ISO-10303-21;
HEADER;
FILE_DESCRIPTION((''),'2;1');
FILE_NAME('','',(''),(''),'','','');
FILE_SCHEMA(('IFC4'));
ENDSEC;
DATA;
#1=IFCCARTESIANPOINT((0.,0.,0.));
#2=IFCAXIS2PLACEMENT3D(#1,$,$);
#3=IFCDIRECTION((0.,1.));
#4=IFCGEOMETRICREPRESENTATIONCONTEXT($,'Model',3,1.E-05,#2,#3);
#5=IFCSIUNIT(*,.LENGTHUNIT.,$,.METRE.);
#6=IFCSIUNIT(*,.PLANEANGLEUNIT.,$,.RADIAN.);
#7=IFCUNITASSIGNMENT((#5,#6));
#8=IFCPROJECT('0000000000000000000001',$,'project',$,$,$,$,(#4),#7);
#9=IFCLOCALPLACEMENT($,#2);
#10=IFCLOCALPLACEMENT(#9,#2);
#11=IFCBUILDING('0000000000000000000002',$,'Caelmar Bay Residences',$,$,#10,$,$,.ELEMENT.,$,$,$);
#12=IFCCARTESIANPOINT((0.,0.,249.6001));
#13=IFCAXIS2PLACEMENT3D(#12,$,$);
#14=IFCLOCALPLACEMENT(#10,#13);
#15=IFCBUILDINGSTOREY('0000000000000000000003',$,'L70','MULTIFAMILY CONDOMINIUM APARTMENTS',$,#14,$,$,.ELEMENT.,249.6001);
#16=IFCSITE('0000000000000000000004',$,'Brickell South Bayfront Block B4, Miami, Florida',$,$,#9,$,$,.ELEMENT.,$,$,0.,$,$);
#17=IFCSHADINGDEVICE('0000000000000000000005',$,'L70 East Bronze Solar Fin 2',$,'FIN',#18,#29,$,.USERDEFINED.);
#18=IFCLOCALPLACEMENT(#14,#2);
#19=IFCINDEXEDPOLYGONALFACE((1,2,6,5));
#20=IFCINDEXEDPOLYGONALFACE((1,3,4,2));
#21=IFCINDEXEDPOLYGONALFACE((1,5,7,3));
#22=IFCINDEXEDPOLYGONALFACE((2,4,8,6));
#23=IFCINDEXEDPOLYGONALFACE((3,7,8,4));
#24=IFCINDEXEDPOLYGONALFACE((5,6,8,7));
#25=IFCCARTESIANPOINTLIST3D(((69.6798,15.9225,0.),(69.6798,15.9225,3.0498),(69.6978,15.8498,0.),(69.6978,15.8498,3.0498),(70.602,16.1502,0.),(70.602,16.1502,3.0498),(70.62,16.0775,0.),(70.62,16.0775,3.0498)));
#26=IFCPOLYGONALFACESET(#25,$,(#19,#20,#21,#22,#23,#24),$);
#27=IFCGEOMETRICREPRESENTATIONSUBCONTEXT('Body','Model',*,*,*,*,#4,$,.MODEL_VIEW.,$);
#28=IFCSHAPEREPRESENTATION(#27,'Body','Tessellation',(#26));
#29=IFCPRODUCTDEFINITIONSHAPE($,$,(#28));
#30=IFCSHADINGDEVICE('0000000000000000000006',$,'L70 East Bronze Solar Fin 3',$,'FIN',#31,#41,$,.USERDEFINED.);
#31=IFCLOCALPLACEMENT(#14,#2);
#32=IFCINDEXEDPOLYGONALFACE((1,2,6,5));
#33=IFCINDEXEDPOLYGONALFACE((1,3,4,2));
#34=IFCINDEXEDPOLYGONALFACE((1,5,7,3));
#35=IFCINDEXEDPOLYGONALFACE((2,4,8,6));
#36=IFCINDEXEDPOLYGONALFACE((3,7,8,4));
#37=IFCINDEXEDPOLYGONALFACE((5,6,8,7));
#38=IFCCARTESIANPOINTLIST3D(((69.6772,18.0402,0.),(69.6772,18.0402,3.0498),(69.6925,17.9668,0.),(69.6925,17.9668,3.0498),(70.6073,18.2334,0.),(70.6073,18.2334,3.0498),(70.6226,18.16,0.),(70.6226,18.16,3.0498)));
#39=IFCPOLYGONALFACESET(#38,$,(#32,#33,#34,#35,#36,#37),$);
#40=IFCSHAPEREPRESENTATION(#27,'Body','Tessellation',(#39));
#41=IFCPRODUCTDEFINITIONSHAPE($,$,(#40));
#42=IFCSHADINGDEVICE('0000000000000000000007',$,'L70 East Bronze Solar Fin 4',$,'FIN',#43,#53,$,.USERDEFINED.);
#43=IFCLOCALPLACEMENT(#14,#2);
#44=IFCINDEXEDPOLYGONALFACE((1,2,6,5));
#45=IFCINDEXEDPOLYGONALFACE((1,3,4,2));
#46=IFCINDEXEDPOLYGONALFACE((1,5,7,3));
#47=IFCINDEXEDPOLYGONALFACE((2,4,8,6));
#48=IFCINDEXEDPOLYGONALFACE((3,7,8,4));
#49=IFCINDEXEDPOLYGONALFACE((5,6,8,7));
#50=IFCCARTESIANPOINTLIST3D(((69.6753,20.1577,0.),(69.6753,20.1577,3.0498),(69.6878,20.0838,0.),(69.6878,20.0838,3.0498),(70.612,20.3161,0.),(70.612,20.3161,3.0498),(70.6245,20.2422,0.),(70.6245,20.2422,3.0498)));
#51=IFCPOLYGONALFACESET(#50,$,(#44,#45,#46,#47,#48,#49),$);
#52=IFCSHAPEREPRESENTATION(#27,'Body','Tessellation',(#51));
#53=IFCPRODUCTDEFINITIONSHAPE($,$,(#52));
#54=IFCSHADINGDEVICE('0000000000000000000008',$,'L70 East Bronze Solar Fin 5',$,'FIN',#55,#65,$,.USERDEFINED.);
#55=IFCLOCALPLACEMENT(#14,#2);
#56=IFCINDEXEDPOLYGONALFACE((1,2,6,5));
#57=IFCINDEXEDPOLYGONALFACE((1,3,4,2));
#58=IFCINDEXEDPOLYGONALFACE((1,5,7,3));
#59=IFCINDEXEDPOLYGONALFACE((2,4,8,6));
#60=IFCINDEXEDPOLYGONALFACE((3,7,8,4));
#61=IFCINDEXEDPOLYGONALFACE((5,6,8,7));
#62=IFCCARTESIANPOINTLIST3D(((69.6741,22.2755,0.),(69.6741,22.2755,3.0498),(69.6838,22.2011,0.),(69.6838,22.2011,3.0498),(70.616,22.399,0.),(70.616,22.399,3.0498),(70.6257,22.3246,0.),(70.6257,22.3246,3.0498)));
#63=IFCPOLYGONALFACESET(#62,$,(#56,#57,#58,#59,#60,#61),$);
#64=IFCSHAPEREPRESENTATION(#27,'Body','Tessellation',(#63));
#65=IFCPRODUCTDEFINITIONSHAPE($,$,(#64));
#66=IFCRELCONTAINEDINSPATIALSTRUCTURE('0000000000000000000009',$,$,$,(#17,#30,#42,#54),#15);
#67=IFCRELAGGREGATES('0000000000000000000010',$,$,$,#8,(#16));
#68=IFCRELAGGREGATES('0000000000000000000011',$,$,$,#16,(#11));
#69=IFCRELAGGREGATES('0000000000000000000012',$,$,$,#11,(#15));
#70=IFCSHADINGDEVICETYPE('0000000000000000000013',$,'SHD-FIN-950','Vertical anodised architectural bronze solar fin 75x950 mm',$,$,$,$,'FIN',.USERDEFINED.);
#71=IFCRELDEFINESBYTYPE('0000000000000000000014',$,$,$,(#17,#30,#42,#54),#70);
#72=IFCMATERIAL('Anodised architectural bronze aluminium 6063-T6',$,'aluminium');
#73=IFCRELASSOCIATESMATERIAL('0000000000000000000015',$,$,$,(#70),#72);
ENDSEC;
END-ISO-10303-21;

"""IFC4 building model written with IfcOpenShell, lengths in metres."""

from ifc_helpers import new_model, si_unit, direction, frame, origin, origin_2d, place, context, subcontext, project, spatial, rectangle, extrude, material, material_profile, profile_set, type_object, element, save


model = new_model("IFC4")

# Units and contexts
model_context = context("Model", 3, precision=1e-05, world=origin(), true_north=direction((0.0, 1.0)))
body_context = subcontext(model_context, "Body", "Model", "MODEL_VIEW")
ifc_project = project(units=[si_unit("LENGTHUNIT", "METRE"), si_unit("PLANEANGLEUNIT", "RADIAN")], contexts=[model_context])

# Site, building, storey
site_placement = place(None, origin())
site = spatial("IfcSite", under=ifc_project, at=site_placement, Name="Brickell South Bayfront Block B4, Miami, Florida", CompositionType="ELEMENT", RefElevation=0.0)
building_placement = place(site_placement, origin())
building = spatial("IfcBuilding", under=site, at=building_placement, Name="Caelmar Bay Residences", CompositionType="ELEMENT")
storey_placement = place(building_placement, frame((0.0, 0.0, 249.6001)))
storey = spatial("IfcBuildingStorey", under=building, at=storey_placement, Name="L70", Description="MULTIFAMILY CONDOMINIUM APARTMENTS", CompositionType="ELEMENT", Elevation=249.6001)

# Shading devices
ifc_material_1 = material(Name="Anodised architectural bronze aluminium 6063-T6", Category="aluminium")
ifc_material_profile_1 = material_profile(ifc_material_1, rectangle(XDim=0.075, YDim=0.95, at=origin_2d()), Name="BRONZE-FIN-75X950")
ifc_profile_set_1 = profile_set([ifc_material_profile_1], Name="Anodised architectural bronze aluminium 6063-T6")
shading_device_type = type_object("IfcShadingDeviceType", Name="SHD-FIN-950", Description="Vertical anodised architectural bronze solar fin 75x950 mm", ElementType="FIN", PredefinedType="USERDEFINED", material=ifc_profile_set_1)
for number, where, z_axis, x_axis, name in (
    (1, (70.1499, 16.0, 0.0), (0.0, 0.0, 1.0), (-0.23972, 0.970842, 0.0), "L70 East Bronze Solar Fin 2"),
    (2, (70.1499, 18.1001, 0.0), (0.0, 0.0, 1.0), (-0.2033, 0.979116, 0.0), "L70 East Bronze Solar Fin 3"),
    (3, (70.1499, 20.2, 0.0), (0.0, 0.0, 1.0), (-0.166769, 0.985996, 0.0), "L70 East Bronze Solar Fin 4"),
    (4, (70.1499, 22.3, 0.0), (0.0, 0.0, 1.0), (-0.130007, 0.991513, 0.0), "L70 East Bronze Solar Fin 5"),
):
    element("IfcShadingDevice", number, at=place(storey_placement, frame(where, z_axis=z_axis, x_axis=x_axis)), inside=storey, type_object=shading_device_type, Name=name, ObjectType="FIN", PredefinedType="USERDEFINED", context=body_context, shape_type="SweptSolid", body=[
        extrude(rectangle(XDim=0.075, YDim=0.95, at=origin_2d()), origin(), (0.0, 0.0, 1.0), 3.0498),
    ])

save(model, "model.ifc")
